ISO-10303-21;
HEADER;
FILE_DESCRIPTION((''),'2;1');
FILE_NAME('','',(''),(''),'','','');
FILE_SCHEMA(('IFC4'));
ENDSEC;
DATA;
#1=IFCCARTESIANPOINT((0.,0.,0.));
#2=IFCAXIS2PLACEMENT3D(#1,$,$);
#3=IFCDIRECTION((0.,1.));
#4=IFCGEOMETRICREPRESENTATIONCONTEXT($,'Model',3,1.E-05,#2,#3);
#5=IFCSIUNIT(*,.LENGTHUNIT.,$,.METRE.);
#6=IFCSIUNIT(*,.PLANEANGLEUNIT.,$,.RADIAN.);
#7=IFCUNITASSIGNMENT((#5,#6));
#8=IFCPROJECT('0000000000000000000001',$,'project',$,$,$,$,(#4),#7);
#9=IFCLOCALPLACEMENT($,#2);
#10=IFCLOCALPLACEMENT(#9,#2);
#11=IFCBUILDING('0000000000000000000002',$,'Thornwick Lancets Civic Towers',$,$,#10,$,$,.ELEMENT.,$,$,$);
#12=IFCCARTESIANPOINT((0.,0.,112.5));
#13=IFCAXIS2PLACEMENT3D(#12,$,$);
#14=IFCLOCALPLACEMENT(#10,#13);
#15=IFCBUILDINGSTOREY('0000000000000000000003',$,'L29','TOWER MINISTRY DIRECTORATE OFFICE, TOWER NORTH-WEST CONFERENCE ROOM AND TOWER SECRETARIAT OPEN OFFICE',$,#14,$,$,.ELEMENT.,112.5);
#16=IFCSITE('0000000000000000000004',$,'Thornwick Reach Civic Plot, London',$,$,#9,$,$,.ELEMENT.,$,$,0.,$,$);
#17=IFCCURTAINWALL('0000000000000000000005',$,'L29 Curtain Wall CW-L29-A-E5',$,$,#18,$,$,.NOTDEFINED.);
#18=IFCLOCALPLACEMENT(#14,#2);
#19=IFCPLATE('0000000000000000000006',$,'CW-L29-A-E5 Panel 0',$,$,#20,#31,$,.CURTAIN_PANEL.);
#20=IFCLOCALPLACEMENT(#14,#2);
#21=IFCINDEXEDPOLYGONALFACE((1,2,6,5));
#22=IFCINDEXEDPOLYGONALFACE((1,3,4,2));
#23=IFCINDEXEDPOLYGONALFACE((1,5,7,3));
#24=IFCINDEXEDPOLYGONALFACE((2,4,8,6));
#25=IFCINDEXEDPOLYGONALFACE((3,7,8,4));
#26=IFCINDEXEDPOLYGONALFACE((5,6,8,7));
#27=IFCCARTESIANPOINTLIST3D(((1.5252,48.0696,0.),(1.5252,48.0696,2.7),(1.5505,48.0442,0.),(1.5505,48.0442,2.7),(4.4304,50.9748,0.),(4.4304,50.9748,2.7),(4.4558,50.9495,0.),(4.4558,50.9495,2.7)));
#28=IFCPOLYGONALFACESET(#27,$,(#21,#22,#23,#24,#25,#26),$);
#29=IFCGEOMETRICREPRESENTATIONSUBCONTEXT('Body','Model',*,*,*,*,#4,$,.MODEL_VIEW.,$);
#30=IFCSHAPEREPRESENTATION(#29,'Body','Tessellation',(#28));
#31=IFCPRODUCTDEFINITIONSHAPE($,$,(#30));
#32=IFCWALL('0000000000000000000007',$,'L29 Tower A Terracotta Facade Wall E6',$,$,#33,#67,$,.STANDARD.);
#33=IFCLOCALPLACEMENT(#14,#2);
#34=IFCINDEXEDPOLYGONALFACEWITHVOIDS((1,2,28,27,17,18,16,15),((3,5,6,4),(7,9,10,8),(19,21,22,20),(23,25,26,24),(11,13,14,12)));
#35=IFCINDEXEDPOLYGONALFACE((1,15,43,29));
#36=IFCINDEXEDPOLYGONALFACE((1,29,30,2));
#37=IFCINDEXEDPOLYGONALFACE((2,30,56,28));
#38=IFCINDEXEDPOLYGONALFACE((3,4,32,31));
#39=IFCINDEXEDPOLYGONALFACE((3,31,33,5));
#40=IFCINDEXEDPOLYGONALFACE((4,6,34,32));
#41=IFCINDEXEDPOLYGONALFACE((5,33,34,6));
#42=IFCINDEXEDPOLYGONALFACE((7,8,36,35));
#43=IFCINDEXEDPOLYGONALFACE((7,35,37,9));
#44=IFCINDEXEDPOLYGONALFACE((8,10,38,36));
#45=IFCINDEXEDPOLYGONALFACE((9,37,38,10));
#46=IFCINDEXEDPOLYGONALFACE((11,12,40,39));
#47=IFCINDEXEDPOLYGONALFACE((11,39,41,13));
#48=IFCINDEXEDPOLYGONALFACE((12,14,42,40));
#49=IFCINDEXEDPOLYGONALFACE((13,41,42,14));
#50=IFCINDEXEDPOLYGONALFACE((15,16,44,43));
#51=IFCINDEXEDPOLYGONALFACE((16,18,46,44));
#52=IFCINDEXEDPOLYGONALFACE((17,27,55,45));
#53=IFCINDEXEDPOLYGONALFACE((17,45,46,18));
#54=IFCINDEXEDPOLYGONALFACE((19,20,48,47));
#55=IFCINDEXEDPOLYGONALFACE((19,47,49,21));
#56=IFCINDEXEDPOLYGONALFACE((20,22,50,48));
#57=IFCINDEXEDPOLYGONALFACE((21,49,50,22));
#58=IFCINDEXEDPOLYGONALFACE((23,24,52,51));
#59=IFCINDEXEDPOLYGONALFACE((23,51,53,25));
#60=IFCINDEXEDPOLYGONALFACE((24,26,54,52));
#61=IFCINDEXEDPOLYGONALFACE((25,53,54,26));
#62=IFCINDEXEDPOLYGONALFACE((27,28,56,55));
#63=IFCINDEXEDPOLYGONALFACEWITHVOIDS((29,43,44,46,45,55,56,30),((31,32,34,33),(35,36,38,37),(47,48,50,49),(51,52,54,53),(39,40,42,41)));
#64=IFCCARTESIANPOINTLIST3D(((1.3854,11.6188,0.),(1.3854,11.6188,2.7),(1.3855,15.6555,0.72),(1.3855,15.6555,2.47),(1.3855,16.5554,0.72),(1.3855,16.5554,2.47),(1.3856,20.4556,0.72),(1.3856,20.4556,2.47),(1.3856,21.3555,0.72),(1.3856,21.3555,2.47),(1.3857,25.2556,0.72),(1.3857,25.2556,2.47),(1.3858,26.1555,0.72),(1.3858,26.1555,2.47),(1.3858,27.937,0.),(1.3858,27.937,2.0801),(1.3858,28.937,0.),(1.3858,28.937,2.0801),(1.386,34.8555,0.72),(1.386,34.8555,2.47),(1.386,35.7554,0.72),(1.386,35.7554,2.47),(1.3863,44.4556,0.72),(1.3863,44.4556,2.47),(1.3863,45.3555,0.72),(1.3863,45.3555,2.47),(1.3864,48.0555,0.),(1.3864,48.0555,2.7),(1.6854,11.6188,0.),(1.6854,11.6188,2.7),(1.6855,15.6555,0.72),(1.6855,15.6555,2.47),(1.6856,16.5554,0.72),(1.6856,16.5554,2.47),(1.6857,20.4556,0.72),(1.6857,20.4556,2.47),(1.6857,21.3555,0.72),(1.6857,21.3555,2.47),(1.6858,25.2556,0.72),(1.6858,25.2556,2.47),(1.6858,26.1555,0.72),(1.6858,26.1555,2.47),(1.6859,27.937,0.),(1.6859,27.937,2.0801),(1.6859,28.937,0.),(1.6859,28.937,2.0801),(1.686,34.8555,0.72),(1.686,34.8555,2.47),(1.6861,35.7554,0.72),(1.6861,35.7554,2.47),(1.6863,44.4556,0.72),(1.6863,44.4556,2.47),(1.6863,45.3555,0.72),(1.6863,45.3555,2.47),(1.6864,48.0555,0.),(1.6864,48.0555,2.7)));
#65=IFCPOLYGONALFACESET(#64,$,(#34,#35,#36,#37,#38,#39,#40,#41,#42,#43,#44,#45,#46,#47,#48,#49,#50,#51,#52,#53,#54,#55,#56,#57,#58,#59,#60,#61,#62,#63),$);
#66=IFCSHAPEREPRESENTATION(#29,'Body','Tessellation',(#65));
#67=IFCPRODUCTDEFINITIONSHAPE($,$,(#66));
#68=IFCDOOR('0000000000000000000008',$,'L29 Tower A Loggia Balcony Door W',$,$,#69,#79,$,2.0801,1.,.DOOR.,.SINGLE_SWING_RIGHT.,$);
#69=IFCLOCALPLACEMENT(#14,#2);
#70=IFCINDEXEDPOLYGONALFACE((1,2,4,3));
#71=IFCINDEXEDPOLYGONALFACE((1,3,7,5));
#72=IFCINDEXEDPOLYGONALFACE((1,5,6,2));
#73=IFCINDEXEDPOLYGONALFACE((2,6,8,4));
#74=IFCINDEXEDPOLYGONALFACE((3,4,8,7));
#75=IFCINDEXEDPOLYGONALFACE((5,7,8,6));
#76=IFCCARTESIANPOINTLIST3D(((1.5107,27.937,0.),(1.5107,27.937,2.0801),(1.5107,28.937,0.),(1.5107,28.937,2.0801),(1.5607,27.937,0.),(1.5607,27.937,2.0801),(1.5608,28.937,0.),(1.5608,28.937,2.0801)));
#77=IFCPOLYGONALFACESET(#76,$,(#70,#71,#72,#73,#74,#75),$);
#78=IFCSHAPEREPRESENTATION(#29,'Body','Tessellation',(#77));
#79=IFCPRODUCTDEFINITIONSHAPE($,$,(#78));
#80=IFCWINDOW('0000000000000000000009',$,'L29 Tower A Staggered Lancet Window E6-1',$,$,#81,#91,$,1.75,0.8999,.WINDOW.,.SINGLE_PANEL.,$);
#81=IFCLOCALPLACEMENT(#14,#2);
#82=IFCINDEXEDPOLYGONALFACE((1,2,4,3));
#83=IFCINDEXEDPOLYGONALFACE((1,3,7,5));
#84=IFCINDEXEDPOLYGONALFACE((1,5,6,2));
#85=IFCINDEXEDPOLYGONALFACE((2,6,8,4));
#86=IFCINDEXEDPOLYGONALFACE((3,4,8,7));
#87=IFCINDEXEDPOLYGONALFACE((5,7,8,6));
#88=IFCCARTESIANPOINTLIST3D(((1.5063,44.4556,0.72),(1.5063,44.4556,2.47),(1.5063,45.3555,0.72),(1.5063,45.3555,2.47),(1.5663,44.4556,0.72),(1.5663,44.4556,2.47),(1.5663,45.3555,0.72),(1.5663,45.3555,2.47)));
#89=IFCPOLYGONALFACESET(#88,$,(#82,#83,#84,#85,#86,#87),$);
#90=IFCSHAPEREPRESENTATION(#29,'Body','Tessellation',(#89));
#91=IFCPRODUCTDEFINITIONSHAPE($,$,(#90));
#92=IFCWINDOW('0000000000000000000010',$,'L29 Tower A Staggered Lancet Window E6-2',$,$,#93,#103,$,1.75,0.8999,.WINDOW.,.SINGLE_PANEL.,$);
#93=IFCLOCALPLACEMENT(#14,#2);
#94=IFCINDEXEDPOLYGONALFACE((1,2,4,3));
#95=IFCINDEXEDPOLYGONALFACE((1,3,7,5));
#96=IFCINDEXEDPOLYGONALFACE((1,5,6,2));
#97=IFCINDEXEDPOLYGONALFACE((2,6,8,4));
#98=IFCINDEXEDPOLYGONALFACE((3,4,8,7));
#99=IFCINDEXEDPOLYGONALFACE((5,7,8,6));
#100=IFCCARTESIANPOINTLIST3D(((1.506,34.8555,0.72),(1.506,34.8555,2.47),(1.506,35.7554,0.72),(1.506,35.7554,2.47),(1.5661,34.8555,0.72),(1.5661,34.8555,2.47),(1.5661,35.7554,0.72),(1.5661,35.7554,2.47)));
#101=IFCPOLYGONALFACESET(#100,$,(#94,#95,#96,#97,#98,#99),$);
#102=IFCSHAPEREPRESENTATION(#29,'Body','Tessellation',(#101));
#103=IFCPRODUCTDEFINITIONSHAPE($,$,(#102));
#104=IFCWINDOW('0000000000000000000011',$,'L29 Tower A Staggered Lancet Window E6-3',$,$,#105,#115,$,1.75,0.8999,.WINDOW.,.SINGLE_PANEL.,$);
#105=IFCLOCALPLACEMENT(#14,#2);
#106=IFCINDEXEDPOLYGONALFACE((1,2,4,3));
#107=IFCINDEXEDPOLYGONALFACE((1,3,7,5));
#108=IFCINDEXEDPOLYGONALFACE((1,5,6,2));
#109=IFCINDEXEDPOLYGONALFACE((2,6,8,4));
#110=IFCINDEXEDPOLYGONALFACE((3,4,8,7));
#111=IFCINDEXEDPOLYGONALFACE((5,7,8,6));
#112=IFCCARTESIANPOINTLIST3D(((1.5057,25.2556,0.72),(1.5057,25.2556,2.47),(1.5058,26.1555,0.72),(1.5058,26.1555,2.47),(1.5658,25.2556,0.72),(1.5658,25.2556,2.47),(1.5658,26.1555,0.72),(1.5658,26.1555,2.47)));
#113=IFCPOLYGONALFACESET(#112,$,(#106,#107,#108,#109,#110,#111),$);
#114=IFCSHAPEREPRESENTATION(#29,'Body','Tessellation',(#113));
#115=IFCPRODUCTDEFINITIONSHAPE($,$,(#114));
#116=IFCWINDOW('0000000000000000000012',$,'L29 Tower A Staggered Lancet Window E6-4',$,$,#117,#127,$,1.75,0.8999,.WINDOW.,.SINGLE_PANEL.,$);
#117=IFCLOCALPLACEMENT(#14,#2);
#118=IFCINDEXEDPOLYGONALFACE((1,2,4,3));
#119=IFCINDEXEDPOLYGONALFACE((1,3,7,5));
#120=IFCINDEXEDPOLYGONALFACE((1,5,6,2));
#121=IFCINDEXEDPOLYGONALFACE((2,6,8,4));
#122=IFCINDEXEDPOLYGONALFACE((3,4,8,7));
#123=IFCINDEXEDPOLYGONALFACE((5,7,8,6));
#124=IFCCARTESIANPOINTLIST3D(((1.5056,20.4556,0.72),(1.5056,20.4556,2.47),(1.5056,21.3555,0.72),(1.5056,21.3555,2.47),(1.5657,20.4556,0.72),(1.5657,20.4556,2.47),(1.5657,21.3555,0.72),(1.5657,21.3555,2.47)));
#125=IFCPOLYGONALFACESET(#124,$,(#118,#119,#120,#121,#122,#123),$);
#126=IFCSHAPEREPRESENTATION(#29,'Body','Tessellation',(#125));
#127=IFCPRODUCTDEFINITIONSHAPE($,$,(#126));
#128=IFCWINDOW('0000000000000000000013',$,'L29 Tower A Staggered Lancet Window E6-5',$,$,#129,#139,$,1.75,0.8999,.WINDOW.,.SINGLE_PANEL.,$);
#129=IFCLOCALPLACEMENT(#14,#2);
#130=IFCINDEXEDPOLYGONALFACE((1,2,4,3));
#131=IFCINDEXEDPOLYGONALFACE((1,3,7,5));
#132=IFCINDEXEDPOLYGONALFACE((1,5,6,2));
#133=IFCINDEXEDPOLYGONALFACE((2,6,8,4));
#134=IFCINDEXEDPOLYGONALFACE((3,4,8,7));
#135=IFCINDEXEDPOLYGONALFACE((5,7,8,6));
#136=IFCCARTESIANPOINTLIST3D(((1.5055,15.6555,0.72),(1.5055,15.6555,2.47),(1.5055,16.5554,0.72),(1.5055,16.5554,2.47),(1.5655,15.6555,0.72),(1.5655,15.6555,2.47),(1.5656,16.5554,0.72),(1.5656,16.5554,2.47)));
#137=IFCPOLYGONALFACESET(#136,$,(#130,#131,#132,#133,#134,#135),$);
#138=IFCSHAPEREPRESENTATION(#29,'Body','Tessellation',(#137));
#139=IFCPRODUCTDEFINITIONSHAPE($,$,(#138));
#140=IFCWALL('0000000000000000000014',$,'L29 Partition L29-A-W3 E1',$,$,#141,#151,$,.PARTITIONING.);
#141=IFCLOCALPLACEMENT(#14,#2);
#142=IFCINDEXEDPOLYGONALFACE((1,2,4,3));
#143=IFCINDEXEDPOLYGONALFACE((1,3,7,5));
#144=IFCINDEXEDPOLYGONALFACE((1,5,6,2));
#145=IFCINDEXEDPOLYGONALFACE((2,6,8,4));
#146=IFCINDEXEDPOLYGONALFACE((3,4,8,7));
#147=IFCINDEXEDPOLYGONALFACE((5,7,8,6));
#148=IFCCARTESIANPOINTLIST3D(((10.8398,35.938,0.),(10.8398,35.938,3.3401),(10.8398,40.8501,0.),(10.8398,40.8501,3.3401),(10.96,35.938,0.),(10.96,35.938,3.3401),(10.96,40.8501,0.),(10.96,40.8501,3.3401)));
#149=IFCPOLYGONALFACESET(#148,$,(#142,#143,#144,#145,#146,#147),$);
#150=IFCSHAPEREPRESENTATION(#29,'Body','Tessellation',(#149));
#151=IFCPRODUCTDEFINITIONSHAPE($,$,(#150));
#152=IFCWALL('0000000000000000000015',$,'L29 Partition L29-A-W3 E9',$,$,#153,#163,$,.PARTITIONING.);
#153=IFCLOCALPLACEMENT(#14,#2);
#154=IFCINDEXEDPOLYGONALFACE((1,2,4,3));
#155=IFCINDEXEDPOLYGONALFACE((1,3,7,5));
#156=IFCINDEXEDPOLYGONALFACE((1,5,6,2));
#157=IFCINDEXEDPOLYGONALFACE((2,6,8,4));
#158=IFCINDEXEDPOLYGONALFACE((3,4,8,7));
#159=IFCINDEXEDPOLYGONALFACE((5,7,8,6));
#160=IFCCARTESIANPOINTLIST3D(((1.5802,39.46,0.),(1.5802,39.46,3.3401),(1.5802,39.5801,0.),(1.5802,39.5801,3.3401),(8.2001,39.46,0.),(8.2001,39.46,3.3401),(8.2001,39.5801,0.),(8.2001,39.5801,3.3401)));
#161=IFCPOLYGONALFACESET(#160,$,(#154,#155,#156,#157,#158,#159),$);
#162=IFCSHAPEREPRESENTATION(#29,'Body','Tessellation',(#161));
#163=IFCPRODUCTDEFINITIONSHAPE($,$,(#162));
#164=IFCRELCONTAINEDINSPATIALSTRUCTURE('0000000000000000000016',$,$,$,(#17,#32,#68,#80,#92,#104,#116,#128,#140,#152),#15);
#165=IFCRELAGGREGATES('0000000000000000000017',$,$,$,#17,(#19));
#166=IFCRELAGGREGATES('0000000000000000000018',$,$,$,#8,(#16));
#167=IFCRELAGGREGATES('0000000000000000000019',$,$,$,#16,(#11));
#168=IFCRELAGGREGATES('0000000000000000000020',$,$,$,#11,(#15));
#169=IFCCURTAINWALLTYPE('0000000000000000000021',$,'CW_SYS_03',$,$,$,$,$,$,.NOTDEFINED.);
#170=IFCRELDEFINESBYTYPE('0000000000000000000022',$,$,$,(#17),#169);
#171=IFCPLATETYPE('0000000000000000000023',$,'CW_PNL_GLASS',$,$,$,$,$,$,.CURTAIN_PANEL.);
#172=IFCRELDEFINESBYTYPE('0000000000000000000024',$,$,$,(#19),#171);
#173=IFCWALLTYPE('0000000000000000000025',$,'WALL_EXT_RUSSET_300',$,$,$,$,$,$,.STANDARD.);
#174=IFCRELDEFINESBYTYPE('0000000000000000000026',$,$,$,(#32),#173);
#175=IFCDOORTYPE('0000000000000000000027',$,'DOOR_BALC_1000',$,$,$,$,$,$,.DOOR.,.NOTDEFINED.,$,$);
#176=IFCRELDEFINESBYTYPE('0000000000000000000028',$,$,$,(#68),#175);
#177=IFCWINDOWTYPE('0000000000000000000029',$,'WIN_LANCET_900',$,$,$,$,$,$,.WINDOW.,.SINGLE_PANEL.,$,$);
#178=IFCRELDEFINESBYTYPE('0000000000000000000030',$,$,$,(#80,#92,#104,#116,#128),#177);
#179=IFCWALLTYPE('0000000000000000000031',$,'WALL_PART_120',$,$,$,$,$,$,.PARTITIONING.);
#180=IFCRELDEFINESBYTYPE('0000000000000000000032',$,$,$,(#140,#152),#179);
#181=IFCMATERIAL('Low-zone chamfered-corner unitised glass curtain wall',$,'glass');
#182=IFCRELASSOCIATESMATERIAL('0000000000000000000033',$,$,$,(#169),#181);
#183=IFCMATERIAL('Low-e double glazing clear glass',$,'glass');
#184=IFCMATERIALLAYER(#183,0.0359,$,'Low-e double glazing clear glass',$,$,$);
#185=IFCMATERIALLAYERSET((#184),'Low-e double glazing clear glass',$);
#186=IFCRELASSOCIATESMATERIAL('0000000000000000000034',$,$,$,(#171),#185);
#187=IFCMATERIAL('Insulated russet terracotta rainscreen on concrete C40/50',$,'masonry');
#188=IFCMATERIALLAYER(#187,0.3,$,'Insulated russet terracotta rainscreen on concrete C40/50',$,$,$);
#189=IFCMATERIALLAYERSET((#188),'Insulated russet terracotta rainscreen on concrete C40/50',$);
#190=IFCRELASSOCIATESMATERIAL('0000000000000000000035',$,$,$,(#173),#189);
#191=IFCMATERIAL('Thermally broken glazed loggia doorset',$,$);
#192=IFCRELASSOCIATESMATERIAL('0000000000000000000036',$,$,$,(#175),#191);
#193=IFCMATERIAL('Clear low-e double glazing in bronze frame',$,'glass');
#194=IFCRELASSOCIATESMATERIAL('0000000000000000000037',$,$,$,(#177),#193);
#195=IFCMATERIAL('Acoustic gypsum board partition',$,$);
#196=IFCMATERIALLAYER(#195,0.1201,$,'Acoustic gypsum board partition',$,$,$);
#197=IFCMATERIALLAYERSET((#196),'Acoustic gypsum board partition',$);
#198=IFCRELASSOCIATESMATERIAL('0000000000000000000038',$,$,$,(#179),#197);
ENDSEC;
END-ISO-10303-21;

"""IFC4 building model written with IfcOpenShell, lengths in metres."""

from ifc_helpers import new_model, si_unit, direction, frame, frame_2d, origin, origin_2d, place, context, subcontext, project, spatial, rectangle, extrude, material, layer, layer_set, type_object, element, fill, aggregate, save


model = new_model("IFC4")

# Units and contexts
model_context = context("Model", 3, precision=1e-05, world=origin(), true_north=direction((0.0, 1.0)))
body_context = subcontext(model_context, "Body", "Model", "MODEL_VIEW")
ifc_project = project(units=[si_unit("LENGTHUNIT", "METRE"), si_unit("PLANEANGLEUNIT", "RADIAN")], contexts=[model_context])

# Site, building, storey
site_placement = place(None, origin())
site = spatial("IfcSite", under=ifc_project, at=site_placement, Name="Thornwick Reach Civic Plot, London", CompositionType="ELEMENT", RefElevation=0.0)
building_placement = place(site_placement, origin())
building = spatial("IfcBuilding", under=site, at=building_placement, Name="Thornwick Lancets Civic Towers", CompositionType="ELEMENT")
storey_placement = place(building_placement, frame((0.0, 0.0, 112.5)))
storey = spatial("IfcBuildingStorey", under=building, at=storey_placement, Name="L29", Description="TOWER MINISTRY DIRECTORATE OFFICE, TOWER NORTH-WEST CONFERENCE ROOM AND TOWER SECRETARIAT OPEN OFFICE", CompositionType="ELEMENT", Elevation=112.5)

# Curtain wall, plate
ifc_material_1 = material(Name="Low-zone chamfered-corner unitised glass curtain wall", Category="glass")
curtain_wall_type = type_object("IfcCurtainWallType", Name="CW_SYS_03", PredefinedType="NOTDEFINED", material=ifc_material_1)
curtain_wall_placement = place(storey_placement, origin())
curtain_wall = element("IfcCurtainWall", 1, at=curtain_wall_placement, inside=storey, type_object=curtain_wall_type, Name="L29 Curtain Wall CW-L29-A-E5", PredefinedType="NOTDEFINED")
ifc_material_2 = material(Name="Low-e double glazing clear glass", Category="glass")
ifc_layer_1 = layer(ifc_material_2, 0.0359, Name="Low-e double glazing clear glass")
ifc_layer_set_1 = layer_set([ifc_layer_1], Name="Low-e double glazing clear glass")
plate_type = type_object("IfcPlateType", Name="CW_PNL_GLASS", PredefinedType="CURTAIN_PANEL", material=ifc_layer_set_1)
plate_placement = place(storey_placement, frame((2.9905, 49.5095, 0.0), z_axis=(0.0, 0.0, 1.0), x_axis=(-0.707107, -0.707107, 0.0)))
plate = element("IfcPlate", 2, at=plate_placement, type_object=plate_type, Name="CW-L29-A-E5 Panel 0", PredefinedType="CURTAIN_PANEL", context=body_context, shape_type="SweptSolid", body=[
    extrude(rectangle(XDim=4.1086, YDim=0.0359, at=origin_2d()), origin(), (0.0, 0.0, 1.0), 2.7),
])
aggregate(curtain_wall, [plate])

# Wall, openings, door, windows
ifc_material_3 = material(Name="Insulated russet terracotta rainscreen on concrete C40/50", Category="masonry")
ifc_layer_2 = layer(ifc_material_3, 0.3, Name="Insulated russet terracotta rainscreen on concrete C40/50")
ifc_layer_set_2 = layer_set([ifc_layer_2], Name="Insulated russet terracotta rainscreen on concrete C40/50")
wall_type_1 = type_object("IfcWallType", Name="WALL_EXT_RUSSET_300", PredefinedType="STANDARD", material=ifc_layer_set_2)
wall_1_placement = place(storey_placement, frame((1.5364, 48.0554, 0.0), z_axis=(0.0, 0.0, 1.0), x_axis=(-0.000027, -1.0, 0.0)))
wall_1 = element("IfcWall", 3, at=wall_1_placement, inside=storey, type_object=wall_type_1, Name="L29 Tower A Terracotta Facade Wall E6", PredefinedType="STANDARD", context=body_context, shape_type="SweptSolid", body=[
    extrude(rectangle(XDim=36.4368, YDim=0.3, at=frame_2d((18.2183, 0.0))), origin(), (0.0, 0.0, 1.0), 2.7),
])
opening_1_placement = place(wall_1_placement, frame((19.1184, 0.0, 0.0)))
opening_1 = element("IfcOpeningElement", 4, at=opening_1_placement, cuts=wall_1, PredefinedType="OPENING", context=body_context, shape_type="SweptSolid", body=[
    extrude(rectangle(XDim=1.0, YDim=2.0801, at=frame_2d((0.5, 1.04))), frame((0.0, 0.1602, 0.0), z_axis=(0.0, -1.0, 0.0), x_axis=(1.0, 0.0, 0.0)), (0.0, 0.0, 1.0), 0.3201),
])
opening_2_placement = place(wall_1_placement, frame((2.7, 0.0, 0.72)))
opening_2 = element("IfcOpeningElement", 5, at=opening_2_placement, cuts=wall_1, PredefinedType="OPENING", context=body_context, shape_type="SweptSolid", body=[
    extrude(rectangle(XDim=0.8999, YDim=1.75, at=frame_2d((0.45, 0.875))), frame((0.0, 0.1602, 0.0), z_axis=(0.0, -1.0, 0.0), x_axis=(1.0, 0.0, 0.0)), (0.0, 0.0, 1.0), 0.3201),
])
opening_3_placement = place(wall_1_placement, frame((12.3, 0.0, 0.72)))
opening_3 = element("IfcOpeningElement", 6, at=opening_3_placement, cuts=wall_1, PredefinedType="OPENING", context=body_context, shape_type="SweptSolid", body=[
    extrude(rectangle(XDim=0.8999, YDim=1.75, at=frame_2d((0.45, 0.875))), frame((0.0, 0.1602, 0.0), z_axis=(0.0, -1.0, 0.0), x_axis=(1.0, 0.0, 0.0)), (0.0, 0.0, 1.0), 0.3201),
])
opening_4_placement = place(wall_1_placement, frame((21.8999, 0.0, 0.72)))
opening_4 = element("IfcOpeningElement", 7, at=opening_4_placement, cuts=wall_1, PredefinedType="OPENING", context=body_context, shape_type="SweptSolid", body=[
    extrude(rectangle(XDim=0.8999, YDim=1.75, at=frame_2d((0.45, 0.875))), frame((0.0, 0.1602, 0.0), z_axis=(0.0, -1.0, 0.0), x_axis=(1.0, 0.0, 0.0)), (0.0, 0.0, 1.0), 0.3201),
])
opening_5_placement = place(wall_1_placement, frame((26.7, 0.0, 0.72)))
opening_5 = element("IfcOpeningElement", 8, at=opening_5_placement, cuts=wall_1, PredefinedType="OPENING", context=body_context, shape_type="SweptSolid", body=[
    extrude(rectangle(XDim=0.8999, YDim=1.75, at=frame_2d((0.45, 0.875))), frame((0.0, 0.1602, 0.0), z_axis=(0.0, -1.0, 0.0), x_axis=(1.0, 0.0, 0.0)), (0.0, 0.0, 1.0), 0.3201),
])
opening_6_placement = place(wall_1_placement, frame((31.5, 0.0, 0.72)))
opening_6 = element("IfcOpeningElement", 9, at=opening_6_placement, cuts=wall_1, PredefinedType="OPENING", context=body_context, shape_type="SweptSolid", body=[
    extrude(rectangle(XDim=0.8999, YDim=1.75, at=frame_2d((0.45, 0.875))), frame((0.0, 0.1602, 0.0), z_axis=(0.0, -1.0, 0.0), x_axis=(1.0, 0.0, 0.0)), (0.0, 0.0, 1.0), 0.3201),
])
ifc_material_4 = material(Name="Thermally broken glazed loggia doorset")
door_type = type_object("IfcDoorType", Name="DOOR_BALC_1000", OperationType="NOTDEFINED", PredefinedType="DOOR", material=ifc_material_4)
door_placement = place(opening_1_placement, origin())
door = element("IfcDoor", 10, at=door_placement, inside=storey, type_object=door_type, Name="L29 Tower A Loggia Balcony Door W", OperationType="SINGLE_SWING_RIGHT", OverallHeight=2.0801, OverallWidth=1.0, PredefinedType="DOOR", context=body_context, shape_type="SweptSolid", body=[
    extrude(rectangle(XDim=1.0, YDim=2.0801, at=frame_2d((0.5, 1.04))), frame((0.0, 0.0249, 0.0), z_axis=(0.0, -1.0, 0.0), x_axis=(1.0, 0.0, 0.0)), (0.0, 0.0, 1.0), 0.05),
])
fill(opening_1, door)
ifc_material_5 = material(Name="Clear low-e double glazing in bronze frame", Category="glass")
window_type = type_object("IfcWindowType", Name="WIN_LANCET_900", PartitioningType="SINGLE_PANEL", PredefinedType="WINDOW", material=ifc_material_5)
window_1_placement = place(opening_2_placement, origin())
window_1 = element("IfcWindow", 11, at=window_1_placement, inside=storey, type_object=window_type, Name="L29 Tower A Staggered Lancet Window E6-1", OverallHeight=1.75, OverallWidth=0.8999, PartitioningType="SINGLE_PANEL", PredefinedType="WINDOW", context=body_context, shape_type="SweptSolid", body=[
    extrude(rectangle(XDim=0.8999, YDim=1.75, at=frame_2d((0.45, 0.875))), frame((0.0, 0.03, 0.0), z_axis=(0.0, -1.0, 0.0), x_axis=(1.0, 0.0, 0.0)), (0.0, 0.0, 1.0), 0.0601),
])
fill(opening_2, window_1)
window_2_placement = place(opening_3_placement, origin())
window_2 = element("IfcWindow", 12, at=window_2_placement, inside=storey, type_object=window_type, Name="L29 Tower A Staggered Lancet Window E6-2", OverallHeight=1.75, OverallWidth=0.8999, PartitioningType="SINGLE_PANEL", PredefinedType="WINDOW", context=body_context, shape_type="SweptSolid", body=[
    extrude(rectangle(XDim=0.8999, YDim=1.75, at=frame_2d((0.45, 0.875))), frame((0.0, 0.03, 0.0), z_axis=(0.0, -1.0, 0.0), x_axis=(1.0, 0.0, 0.0)), (0.0, 0.0, 1.0), 0.0601),
])
fill(opening_3, window_2)
window_3_placement = place(opening_4_placement, origin())
window_3 = element("IfcWindow", 13, at=window_3_placement, inside=storey, type_object=window_type, Name="L29 Tower A Staggered Lancet Window E6-3", OverallHeight=1.75, OverallWidth=0.8999, PartitioningType="SINGLE_PANEL", PredefinedType="WINDOW", context=body_context, shape_type="SweptSolid", body=[
    extrude(rectangle(XDim=0.8999, YDim=1.75, at=frame_2d((0.45, 0.875))), frame((0.0, 0.03, 0.0), z_axis=(0.0, -1.0, 0.0), x_axis=(1.0, 0.0, 0.0)), (0.0, 0.0, 1.0), 0.0601),
])
fill(opening_4, window_3)
window_4_placement = place(opening_5_placement, origin())
window_4 = element("IfcWindow", 14, at=window_4_placement, inside=storey, type_object=window_type, Name="L29 Tower A Staggered Lancet Window E6-4", OverallHeight=1.75, OverallWidth=0.8999, PartitioningType="SINGLE_PANEL", PredefinedType="WINDOW", context=body_context, shape_type="SweptSolid", body=[
    extrude(rectangle(XDim=0.8999, YDim=1.75, at=frame_2d((0.45, 0.875))), frame((0.0, 0.03, 0.0), z_axis=(0.0, -1.0, 0.0), x_axis=(1.0, 0.0, 0.0)), (0.0, 0.0, 1.0), 0.0601),
])
fill(opening_5, window_4)
window_5_placement = place(opening_6_placement, origin())
window_5 = element("IfcWindow", 15, at=window_5_placement, inside=storey, type_object=window_type, Name="L29 Tower A Staggered Lancet Window E6-5", OverallHeight=1.75, OverallWidth=0.8999, PartitioningType="SINGLE_PANEL", PredefinedType="WINDOW", context=body_context, shape_type="SweptSolid", body=[
    extrude(rectangle(XDim=0.8999, YDim=1.75, at=frame_2d((0.45, 0.875))), frame((0.0, 0.03, 0.0), z_axis=(0.0, -1.0, 0.0), x_axis=(1.0, 0.0, 0.0)), (0.0, 0.0, 1.0), 0.0601),
])
fill(opening_6, window_5)

# Walls
ifc_material_6 = material(Name="Acoustic gypsum board partition")
ifc_layer_3 = layer(ifc_material_6, 0.1201, Name="Acoustic gypsum board partition")
ifc_layer_set_3 = layer_set([ifc_layer_3], Name="Acoustic gypsum board partition")
wall_type_2 = type_object("IfcWallType", Name="WALL_PART_120", PredefinedType="PARTITIONING", material=ifc_layer_set_3)
wall_2_placement = place(storey_placement, frame((10.8999, 40.8501, 0.0), z_axis=(0.0, 0.0, 1.0), x_axis=(0.0, -1.0, 0.0)))
element("IfcWall", 16, at=wall_2_placement, inside=storey, type_object=wall_type_2, Name="L29 Partition L29-A-W3 E1", PredefinedType="PARTITIONING", context=body_context, shape_type="SweptSolid", body=[
    extrude(rectangle(XDim=4.9121, YDim=0.1201, at=frame_2d((2.4561, 0.0))), origin(), (0.0, 0.0, 1.0), 3.3401),
])
for number, where, z_axis, x_axis, name in (
    (17, (1.5801, 39.52, 0.0), (0.0, 0.0, 1.0), (1.0, 0.0, 0.0), "L29 Partition L29-A-W3 E9"),
):
    element("IfcWall", number, at=place(storey_placement, frame(where, z_axis=z_axis, x_axis=x_axis)), inside=storey, type_object=wall_type_2, Name=name, PredefinedType="PARTITIONING", context=body_context, shape_type="SweptSolid", body=[
        extrude(rectangle(XDim=6.6199, YDim=0.1201, at=frame_2d((3.3101, 0.0))), origin(), (0.0, 0.0, 1.0), 3.3401),
    ])

save(model, "model.ifc")
